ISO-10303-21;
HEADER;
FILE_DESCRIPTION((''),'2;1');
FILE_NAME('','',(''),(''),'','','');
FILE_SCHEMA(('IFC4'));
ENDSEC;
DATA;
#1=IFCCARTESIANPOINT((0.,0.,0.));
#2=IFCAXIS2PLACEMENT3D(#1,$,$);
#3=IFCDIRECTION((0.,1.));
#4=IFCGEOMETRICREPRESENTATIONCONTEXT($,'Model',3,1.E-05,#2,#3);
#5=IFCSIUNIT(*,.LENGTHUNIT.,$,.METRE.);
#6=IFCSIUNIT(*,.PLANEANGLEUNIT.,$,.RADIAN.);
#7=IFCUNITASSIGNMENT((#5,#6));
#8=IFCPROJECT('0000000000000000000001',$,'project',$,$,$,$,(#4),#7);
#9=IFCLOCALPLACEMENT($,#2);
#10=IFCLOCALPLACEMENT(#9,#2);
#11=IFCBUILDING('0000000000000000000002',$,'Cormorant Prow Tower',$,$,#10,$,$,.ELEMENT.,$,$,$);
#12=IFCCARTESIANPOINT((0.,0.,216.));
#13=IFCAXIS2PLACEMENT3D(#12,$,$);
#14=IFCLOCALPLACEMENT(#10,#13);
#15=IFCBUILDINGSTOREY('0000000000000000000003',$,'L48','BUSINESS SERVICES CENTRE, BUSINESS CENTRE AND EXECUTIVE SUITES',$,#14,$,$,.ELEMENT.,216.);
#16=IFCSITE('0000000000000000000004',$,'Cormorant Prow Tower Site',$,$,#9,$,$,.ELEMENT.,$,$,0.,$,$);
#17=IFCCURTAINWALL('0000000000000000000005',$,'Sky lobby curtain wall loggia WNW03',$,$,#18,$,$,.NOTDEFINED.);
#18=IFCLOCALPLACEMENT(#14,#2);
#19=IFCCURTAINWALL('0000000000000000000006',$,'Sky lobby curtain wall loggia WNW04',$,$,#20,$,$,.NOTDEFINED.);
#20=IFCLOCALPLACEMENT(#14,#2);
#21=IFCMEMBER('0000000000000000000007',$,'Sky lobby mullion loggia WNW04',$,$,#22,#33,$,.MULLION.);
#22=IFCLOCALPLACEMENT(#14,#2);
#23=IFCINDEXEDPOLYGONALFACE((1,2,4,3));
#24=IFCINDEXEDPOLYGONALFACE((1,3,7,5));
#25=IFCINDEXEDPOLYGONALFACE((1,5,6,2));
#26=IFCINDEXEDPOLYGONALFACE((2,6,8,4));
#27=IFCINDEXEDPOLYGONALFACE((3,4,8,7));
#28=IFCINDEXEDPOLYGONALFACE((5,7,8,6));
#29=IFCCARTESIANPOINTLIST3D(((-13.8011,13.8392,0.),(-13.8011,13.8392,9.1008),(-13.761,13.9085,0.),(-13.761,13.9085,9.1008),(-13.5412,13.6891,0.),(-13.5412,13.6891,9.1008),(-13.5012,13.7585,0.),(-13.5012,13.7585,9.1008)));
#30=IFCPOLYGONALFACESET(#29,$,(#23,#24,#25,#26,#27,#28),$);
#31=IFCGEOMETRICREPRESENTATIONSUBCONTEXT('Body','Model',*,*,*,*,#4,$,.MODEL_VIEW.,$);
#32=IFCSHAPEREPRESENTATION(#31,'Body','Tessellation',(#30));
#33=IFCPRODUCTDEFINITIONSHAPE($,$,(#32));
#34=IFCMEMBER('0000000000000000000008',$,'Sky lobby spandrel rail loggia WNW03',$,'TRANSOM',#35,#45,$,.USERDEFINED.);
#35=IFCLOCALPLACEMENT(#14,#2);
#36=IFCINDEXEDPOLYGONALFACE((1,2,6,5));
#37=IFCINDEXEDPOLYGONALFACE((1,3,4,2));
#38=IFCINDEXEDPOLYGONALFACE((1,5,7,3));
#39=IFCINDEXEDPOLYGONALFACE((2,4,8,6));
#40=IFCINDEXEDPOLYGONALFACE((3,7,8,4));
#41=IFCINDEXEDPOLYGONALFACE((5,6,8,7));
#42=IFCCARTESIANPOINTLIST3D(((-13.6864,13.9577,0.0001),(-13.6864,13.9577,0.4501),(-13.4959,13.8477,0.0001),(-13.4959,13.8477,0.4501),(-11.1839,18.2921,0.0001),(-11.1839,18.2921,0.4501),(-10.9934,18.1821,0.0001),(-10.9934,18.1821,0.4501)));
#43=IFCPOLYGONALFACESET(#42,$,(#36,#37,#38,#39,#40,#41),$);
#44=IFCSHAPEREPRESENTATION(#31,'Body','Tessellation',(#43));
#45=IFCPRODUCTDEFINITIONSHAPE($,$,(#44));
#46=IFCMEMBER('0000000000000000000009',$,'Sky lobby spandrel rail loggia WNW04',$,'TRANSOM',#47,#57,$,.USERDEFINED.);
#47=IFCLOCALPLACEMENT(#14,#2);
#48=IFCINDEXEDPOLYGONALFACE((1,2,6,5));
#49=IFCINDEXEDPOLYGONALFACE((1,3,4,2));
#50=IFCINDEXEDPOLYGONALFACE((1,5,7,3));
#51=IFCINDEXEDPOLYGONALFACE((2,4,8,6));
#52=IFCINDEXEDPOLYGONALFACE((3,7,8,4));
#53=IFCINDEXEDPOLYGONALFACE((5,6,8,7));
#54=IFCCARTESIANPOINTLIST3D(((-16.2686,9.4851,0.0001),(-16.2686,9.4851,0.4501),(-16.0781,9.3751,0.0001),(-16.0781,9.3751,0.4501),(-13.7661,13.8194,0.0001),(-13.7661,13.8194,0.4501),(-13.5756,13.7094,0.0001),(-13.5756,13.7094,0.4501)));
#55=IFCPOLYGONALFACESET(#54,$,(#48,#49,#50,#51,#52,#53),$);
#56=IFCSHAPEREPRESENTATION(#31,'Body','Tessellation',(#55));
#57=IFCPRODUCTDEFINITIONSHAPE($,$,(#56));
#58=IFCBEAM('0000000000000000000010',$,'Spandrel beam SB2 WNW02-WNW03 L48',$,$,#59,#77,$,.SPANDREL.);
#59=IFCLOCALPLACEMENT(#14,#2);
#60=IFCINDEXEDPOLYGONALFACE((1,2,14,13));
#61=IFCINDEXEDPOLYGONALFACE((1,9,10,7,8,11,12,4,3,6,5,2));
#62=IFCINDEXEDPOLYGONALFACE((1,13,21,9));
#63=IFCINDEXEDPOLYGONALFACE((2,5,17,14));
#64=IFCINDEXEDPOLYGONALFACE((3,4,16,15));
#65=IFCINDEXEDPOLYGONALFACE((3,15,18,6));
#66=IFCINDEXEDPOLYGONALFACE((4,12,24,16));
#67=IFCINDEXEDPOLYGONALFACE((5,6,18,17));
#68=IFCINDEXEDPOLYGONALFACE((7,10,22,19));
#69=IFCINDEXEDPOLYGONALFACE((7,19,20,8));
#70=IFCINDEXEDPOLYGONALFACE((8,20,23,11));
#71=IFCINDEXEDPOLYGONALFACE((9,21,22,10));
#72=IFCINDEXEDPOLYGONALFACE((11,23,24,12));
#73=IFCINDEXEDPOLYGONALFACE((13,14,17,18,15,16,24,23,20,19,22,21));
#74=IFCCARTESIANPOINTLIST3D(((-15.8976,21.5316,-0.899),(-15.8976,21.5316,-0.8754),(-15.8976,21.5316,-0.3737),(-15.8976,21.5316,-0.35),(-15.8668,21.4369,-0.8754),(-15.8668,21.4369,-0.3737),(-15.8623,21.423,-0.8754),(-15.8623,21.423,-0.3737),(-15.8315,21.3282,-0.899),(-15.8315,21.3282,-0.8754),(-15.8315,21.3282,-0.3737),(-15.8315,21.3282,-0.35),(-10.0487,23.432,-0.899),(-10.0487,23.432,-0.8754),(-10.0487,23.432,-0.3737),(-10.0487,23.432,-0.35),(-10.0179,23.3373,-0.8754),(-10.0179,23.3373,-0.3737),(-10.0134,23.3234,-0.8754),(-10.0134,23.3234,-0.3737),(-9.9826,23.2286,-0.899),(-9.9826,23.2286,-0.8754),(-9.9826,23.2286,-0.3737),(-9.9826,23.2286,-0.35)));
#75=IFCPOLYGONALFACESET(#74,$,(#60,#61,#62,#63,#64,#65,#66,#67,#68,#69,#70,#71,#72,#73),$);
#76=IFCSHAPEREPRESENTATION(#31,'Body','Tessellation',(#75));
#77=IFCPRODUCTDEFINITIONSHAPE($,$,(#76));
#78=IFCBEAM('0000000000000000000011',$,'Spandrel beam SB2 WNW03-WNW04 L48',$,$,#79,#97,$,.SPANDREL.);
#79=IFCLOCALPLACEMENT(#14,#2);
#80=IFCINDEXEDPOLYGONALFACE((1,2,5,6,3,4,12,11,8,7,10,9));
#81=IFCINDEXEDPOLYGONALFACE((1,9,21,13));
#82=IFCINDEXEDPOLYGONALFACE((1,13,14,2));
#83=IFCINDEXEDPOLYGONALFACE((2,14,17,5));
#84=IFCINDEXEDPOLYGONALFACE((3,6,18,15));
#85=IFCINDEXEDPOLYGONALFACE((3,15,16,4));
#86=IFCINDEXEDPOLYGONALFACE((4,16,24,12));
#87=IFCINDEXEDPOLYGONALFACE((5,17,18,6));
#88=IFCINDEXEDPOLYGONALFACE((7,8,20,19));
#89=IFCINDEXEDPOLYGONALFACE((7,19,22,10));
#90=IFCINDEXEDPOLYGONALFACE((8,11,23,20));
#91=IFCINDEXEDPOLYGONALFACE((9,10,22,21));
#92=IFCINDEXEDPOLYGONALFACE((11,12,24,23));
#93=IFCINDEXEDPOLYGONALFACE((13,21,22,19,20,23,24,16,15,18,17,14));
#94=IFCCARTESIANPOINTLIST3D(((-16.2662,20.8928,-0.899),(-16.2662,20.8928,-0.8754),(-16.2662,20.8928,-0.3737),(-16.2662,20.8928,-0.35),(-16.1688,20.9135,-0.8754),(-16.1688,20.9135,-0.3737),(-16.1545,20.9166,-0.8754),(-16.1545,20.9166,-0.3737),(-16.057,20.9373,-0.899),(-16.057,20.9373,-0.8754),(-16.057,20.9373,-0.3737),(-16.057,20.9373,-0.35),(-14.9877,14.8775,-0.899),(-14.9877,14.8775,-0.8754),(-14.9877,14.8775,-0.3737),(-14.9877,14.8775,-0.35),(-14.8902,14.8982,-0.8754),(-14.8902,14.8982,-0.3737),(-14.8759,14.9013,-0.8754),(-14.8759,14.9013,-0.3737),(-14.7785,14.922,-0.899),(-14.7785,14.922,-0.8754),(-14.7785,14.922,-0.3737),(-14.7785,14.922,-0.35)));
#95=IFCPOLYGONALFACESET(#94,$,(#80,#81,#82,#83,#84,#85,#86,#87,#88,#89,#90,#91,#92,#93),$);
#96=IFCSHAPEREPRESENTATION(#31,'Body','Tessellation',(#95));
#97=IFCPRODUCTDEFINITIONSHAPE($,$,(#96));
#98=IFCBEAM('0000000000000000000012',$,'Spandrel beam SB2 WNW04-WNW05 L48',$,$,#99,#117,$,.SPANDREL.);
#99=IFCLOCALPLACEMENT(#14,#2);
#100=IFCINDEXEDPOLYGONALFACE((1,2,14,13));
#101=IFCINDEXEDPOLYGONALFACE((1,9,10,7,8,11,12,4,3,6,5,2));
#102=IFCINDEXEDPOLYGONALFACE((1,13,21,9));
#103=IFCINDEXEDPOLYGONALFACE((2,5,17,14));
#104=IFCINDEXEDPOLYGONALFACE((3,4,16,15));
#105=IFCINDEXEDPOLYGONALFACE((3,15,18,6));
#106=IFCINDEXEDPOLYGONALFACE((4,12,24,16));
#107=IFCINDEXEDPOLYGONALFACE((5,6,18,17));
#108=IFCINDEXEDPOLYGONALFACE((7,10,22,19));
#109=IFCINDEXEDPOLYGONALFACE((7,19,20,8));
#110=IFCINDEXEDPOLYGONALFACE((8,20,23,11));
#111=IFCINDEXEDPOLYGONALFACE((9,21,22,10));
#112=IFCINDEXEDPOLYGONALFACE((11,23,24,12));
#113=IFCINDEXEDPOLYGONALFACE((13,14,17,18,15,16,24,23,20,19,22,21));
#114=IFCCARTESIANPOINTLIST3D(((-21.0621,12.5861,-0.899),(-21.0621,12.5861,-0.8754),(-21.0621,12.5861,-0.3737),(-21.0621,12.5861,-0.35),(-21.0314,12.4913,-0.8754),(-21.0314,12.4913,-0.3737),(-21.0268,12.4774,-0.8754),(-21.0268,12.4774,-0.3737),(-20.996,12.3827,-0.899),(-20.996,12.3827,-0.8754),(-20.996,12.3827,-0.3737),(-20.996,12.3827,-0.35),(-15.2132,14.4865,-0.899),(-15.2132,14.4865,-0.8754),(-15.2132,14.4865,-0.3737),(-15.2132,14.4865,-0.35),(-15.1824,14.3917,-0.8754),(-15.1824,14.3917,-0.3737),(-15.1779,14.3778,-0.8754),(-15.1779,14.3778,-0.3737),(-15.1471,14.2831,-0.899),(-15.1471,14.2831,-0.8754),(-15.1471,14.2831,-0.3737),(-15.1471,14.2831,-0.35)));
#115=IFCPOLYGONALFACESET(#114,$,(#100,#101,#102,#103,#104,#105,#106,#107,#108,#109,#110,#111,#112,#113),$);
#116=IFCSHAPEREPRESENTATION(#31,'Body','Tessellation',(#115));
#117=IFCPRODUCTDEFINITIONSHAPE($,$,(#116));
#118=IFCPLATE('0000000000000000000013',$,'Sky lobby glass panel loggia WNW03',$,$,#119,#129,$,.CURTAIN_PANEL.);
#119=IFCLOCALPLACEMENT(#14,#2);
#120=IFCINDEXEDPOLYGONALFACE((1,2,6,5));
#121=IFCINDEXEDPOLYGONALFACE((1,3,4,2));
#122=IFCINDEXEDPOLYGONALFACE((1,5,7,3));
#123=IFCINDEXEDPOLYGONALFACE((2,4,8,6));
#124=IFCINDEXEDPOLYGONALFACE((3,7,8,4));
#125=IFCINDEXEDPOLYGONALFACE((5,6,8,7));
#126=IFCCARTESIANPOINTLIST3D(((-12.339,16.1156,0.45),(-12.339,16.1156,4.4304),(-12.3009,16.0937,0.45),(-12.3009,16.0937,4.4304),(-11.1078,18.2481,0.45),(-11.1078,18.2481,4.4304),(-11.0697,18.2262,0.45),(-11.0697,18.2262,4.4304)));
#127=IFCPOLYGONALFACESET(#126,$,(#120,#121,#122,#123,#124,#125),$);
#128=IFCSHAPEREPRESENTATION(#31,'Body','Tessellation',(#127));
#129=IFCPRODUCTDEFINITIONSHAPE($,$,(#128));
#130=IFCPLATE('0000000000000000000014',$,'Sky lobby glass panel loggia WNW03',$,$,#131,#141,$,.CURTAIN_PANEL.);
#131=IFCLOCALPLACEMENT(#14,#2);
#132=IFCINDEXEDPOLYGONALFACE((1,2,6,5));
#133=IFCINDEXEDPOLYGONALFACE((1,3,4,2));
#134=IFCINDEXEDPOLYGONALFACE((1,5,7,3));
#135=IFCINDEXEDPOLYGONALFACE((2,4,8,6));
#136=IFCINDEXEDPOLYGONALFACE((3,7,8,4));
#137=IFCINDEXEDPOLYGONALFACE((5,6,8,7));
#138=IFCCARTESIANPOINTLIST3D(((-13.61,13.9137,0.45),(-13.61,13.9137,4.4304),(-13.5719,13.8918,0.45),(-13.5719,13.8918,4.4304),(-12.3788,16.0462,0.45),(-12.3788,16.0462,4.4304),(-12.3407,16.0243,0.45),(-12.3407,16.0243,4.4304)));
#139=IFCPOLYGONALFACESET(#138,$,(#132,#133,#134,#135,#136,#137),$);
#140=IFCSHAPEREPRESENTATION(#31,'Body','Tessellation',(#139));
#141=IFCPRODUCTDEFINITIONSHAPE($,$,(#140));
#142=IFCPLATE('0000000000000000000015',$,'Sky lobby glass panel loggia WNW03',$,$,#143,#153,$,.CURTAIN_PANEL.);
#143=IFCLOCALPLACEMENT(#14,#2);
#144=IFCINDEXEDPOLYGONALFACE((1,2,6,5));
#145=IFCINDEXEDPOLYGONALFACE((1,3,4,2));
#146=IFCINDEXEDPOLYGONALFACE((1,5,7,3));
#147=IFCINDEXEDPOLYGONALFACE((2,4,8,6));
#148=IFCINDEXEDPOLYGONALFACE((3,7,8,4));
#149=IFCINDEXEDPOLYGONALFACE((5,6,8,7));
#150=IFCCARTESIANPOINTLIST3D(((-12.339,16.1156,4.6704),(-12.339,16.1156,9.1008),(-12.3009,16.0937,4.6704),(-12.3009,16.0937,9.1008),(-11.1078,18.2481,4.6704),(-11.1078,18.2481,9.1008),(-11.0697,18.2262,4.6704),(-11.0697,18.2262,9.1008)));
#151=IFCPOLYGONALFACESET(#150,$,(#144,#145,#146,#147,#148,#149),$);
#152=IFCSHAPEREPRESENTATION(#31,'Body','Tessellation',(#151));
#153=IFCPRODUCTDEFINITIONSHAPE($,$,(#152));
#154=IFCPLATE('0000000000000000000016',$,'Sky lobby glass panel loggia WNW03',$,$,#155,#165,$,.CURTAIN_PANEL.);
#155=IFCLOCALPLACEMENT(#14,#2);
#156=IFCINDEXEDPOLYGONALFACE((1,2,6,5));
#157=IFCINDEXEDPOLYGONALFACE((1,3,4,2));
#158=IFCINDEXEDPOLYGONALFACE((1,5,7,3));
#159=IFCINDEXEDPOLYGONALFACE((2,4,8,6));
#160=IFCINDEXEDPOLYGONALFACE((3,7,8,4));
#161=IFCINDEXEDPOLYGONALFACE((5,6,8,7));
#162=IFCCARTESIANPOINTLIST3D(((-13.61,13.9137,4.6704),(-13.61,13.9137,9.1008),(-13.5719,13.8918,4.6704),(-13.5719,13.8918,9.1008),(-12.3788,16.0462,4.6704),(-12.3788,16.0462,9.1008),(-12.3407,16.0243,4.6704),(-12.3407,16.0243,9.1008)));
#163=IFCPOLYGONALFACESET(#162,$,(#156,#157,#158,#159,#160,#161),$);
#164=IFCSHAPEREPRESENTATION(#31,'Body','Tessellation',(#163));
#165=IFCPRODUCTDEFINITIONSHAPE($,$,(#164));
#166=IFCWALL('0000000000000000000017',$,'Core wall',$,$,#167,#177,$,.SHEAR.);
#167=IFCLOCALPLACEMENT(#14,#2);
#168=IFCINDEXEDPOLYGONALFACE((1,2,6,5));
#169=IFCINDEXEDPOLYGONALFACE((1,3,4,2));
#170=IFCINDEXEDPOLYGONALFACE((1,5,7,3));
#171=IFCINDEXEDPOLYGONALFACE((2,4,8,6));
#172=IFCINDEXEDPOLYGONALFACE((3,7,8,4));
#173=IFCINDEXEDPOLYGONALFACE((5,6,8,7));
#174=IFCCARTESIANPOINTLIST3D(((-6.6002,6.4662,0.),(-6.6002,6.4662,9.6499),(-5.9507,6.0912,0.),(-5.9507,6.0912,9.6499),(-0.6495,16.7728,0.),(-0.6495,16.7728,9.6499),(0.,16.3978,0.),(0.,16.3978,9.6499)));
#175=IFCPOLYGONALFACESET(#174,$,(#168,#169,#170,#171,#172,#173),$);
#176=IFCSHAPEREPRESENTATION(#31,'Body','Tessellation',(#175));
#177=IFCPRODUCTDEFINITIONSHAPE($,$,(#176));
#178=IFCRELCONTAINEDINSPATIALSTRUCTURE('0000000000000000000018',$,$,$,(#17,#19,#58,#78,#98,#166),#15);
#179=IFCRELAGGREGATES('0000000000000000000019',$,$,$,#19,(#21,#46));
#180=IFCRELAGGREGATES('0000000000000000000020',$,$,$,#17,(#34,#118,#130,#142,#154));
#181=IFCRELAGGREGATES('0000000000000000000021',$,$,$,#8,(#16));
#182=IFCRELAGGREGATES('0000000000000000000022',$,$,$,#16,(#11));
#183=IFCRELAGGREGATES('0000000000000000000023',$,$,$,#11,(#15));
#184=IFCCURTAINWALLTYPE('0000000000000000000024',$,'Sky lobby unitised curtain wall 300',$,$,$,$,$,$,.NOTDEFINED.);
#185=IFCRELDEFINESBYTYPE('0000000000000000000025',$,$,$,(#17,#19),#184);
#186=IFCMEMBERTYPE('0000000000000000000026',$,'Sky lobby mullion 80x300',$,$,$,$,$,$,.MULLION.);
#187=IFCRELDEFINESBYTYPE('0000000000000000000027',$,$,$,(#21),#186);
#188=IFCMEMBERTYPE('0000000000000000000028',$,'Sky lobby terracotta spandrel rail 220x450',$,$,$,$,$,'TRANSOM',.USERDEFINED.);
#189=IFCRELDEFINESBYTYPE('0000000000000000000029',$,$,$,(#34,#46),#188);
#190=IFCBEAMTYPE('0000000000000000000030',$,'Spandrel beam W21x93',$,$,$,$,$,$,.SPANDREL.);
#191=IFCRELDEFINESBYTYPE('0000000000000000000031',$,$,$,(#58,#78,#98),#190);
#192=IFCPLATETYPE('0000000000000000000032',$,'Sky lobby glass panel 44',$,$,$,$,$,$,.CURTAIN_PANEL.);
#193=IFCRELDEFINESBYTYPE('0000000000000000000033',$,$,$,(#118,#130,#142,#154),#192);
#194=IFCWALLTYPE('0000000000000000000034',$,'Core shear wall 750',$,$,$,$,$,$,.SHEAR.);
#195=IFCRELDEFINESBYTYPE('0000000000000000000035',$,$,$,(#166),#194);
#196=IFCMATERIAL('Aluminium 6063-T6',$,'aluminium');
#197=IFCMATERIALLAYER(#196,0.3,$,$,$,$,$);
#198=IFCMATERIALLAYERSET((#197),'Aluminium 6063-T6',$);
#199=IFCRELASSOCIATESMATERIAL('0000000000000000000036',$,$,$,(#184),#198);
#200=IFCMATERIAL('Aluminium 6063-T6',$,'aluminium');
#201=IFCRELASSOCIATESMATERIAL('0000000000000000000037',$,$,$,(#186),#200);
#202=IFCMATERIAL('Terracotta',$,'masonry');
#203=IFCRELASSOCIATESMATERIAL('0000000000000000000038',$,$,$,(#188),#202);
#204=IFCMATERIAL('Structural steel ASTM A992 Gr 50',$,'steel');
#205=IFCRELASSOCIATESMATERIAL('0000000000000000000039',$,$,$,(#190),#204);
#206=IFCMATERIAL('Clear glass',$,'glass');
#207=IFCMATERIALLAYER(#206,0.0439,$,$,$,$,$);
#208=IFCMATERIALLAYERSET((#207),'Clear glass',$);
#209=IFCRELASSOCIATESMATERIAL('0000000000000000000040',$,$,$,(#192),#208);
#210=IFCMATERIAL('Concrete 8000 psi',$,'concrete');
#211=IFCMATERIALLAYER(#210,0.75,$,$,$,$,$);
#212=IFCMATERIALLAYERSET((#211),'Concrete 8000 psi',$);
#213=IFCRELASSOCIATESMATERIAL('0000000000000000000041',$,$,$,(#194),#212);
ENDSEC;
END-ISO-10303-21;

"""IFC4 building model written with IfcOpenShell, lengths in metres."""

from ifc_helpers import new_model, si_unit, direction, frame, frame_2d, origin, origin_2d, place, context, subcontext, project, spatial, rectangle, i_section, extrude, material, layer, layer_set, material_profile, profile_set, type_object, element, aggregate, save


model = new_model("IFC4")

# Units and contexts
model_context = context("Model", 3, precision=1e-05, world=origin(), true_north=direction((0.0, 1.0)))
body_context = subcontext(model_context, "Body", "Model", "MODEL_VIEW")
ifc_project = project(units=[si_unit("LENGTHUNIT", "METRE"), si_unit("PLANEANGLEUNIT", "RADIAN")], contexts=[model_context])

# Site, building, storey
site_placement = place(None, origin())
site = spatial("IfcSite", under=ifc_project, at=site_placement, Name="Cormorant Prow Tower Site", CompositionType="ELEMENT", RefElevation=0.0)
building_placement = place(site_placement, origin())
building = spatial("IfcBuilding", under=site, at=building_placement, Name="Cormorant Prow Tower", CompositionType="ELEMENT")
storey_placement = place(building_placement, frame((0.0, 0.0, 216.0)))
storey = spatial("IfcBuildingStorey", under=building, at=storey_placement, Name="L48", Description="BUSINESS SERVICES CENTRE, BUSINESS CENTRE AND EXECUTIVE SUITES", CompositionType="ELEMENT", Elevation=216.0)

# Curtain wall
ifc_material_1 = material(Name="Aluminium 6063-T6", Category="aluminium")
ifc_layer_1 = layer(ifc_material_1, 0.3)
ifc_layer_set_1 = layer_set([ifc_layer_1], Name="Aluminium 6063-T6")
curtain_wall_type = type_object("IfcCurtainWallType", Name="Sky lobby unitised curtain wall 300", PredefinedType="NOTDEFINED", material=ifc_layer_set_1)
curtain_wall_1_placement = place(storey_placement, origin())
curtain_wall_1 = element("IfcCurtainWall", 1, at=curtain_wall_1_placement, inside=storey, type_object=curtain_wall_type, Name="Sky lobby curtain wall loggia WNW03", PredefinedType="NOTDEFINED")

# Curtain wall
curtain_wall_2_placement = place(storey_placement, origin())
curtain_wall_2 = element("IfcCurtainWall", 2, at=curtain_wall_2_placement, inside=storey, type_object=curtain_wall_type, Name="Sky lobby curtain wall loggia WNW04", PredefinedType="NOTDEFINED")
ifc_material_2 = material(Name="Aluminium 6063-T6", Category="aluminium")
ifc_material_profile_1 = material_profile(ifc_material_2, rectangle(XDim=0.3, YDim=0.0801, at=origin_2d()), Name="Sky lobby mullion 80x300")
ifc_profile_set_1 = profile_set([ifc_material_profile_1], Name="Aluminium 6063-T6")
member_type_1 = type_object("IfcMemberType", Name="Sky lobby mullion 80x300", PredefinedType="MULLION", material=ifc_profile_set_1)

# Members
member_1_placement = place(storey_placement, frame((-13.6511, 13.7988, 0.0), z_axis=(0.0, 0.0, 1.0), x_axis=(0.866025, -0.5, 0.0)))
member_1 = element("IfcMember", 3, at=member_1_placement, type_object=member_type_1, Name="Sky lobby mullion loggia WNW04", PredefinedType="MULLION", context=body_context, shape_type="SweptSolid", body=[
    extrude(rectangle(XDim=0.3, YDim=0.0801, at=origin_2d()), origin(), (0.0, 0.0, 1.0), 9.1008),
])
ifc_material_3 = material(Name="Terracotta", Category="masonry")
ifc_material_profile_2 = material_profile(ifc_material_3, rectangle(XDim=0.22, YDim=0.45, at=origin_2d()), Name="Sky lobby terracotta spandrel rail 220x450")
ifc_profile_set_2 = profile_set([ifc_material_profile_2], Name="Terracotta")
member_type_2 = type_object("IfcMemberType", Name="Sky lobby terracotta spandrel rail 220x450", ElementType="TRANSOM", PredefinedType="USERDEFINED", material=ifc_profile_set_2)
member_2_placement = place(storey_placement, frame((-11.0886, 18.2371, 0.2251), z_axis=(-0.500011, -0.866019, 0.0), x_axis=(0.866019, -0.500011, 0.0)))
member_2 = element("IfcMember", 4, at=member_2_placement, type_object=member_type_2, Name="Sky lobby spandrel rail loggia WNW03", ObjectType="TRANSOM", PredefinedType="USERDEFINED", context=body_context, shape_type="SweptSolid", body=[
    extrude(rectangle(XDim=0.22, YDim=0.45, at=origin_2d()), origin(), (0.0, 0.0, 1.0), 5.0049),
])
member_3_placement = place(storey_placement, frame((-13.6709, 13.7644, 0.2251), z_axis=(-0.500011, -0.866019, 0.0), x_axis=(0.866019, -0.500011, 0.0)))
member_3 = element("IfcMember", 5, at=member_3_placement, type_object=member_type_2, Name="Sky lobby spandrel rail loggia WNW04", ObjectType="TRANSOM", PredefinedType="USERDEFINED", context=body_context, shape_type="SweptSolid", body=[
    extrude(rectangle(XDim=0.22, YDim=0.45, at=origin_2d()), origin(), (0.0, 0.0, 1.0), 5.0049),
])
aggregate(curtain_wall_2, [member_1, member_3])

# Beams
ifc_material_4 = material(Name="Structural steel ASTM A992 Gr 50", Category="steel")
ifc_material_profile_3 = material_profile(ifc_material_4, i_section(OverallWidth=0.2139, OverallDepth=0.5491, WebThickness=0.0146, FlangeThickness=0.0237, at=origin_2d()), Name="W21x93")
ifc_profile_set_3 = profile_set([ifc_material_profile_3], Name="Structural steel ASTM A992 Gr 50")
beam_type_1 = type_object("IfcBeamType", Name="Spandrel beam W21x93", PredefinedType="SPANDREL", material=ifc_profile_set_3)
beam_1_placement = place(storey_placement, frame((-10.0156, 23.3303, -0.6245), z_axis=(-0.951058, -0.309013, 0.0), x_axis=(0.309013, -0.951058, 0.0)))
element("IfcBeam", 6, at=beam_1_placement, inside=storey, type_object=beam_type_1, Name="Spandrel beam SB2 WNW02-WNW03 L48", PredefinedType="SPANDREL", context=body_context, shape_type="SweptSolid", body=[
    extrude(i_section(OverallWidth=0.2139, OverallDepth=0.5491, WebThickness=0.0146, FlangeThickness=0.0237, at=origin_2d()), origin(), (0.0, 0.0, 1.0), 6.1499),
])
beam_2_placement = place(storey_placement, frame((-16.1616, 20.915, -0.6245), z_axis=(0.207905, -0.978149, 0.0), x_axis=(0.978149, 0.207905, 0.0)))
element("IfcBeam", 7, at=beam_2_placement, inside=storey, type_object=beam_type_1, Name="Spandrel beam SB2 WNW03-WNW04 L48", PredefinedType="SPANDREL", context=body_context, shape_type="SweptSolid", body=[
    extrude(i_section(OverallWidth=0.2139, OverallDepth=0.5491, WebThickness=0.0146, FlangeThickness=0.0237, at=origin_2d()), origin(), (0.0, 0.0, 1.0), 6.1497),
])
beam_3_placement = place(storey_placement, frame((-15.1802, 14.3848, -0.6245), z_axis=(-0.951058, -0.309013, 0.0), x_axis=(0.309013, -0.951058, 0.0)))
element("IfcBeam", 8, at=beam_3_placement, inside=storey, type_object=beam_type_1, Name="Spandrel beam SB2 WNW04-WNW05 L48", PredefinedType="SPANDREL", context=body_context, shape_type="SweptSolid", body=[
    extrude(i_section(OverallWidth=0.2139, OverallDepth=0.5491, WebThickness=0.0146, FlangeThickness=0.0237, at=origin_2d()), origin(), (0.0, 0.0, 1.0), 6.1499),
])

# Plates
ifc_material_5 = material(Name="Clear glass", Category="glass")
ifc_layer_2 = layer(ifc_material_5, 0.0439)
ifc_layer_set_2 = layer_set([ifc_layer_2], Name="Clear glass")
plate_type = type_object("IfcPlateType", Name="Sky lobby glass panel 44", PredefinedType="CURTAIN_PANEL", material=ifc_layer_set_2)
plate_1_placement = place(storey_placement, frame((-11.7043, 17.1709, 0.45), z_axis=(0.0, 0.0, 1.0), x_axis=(-0.5, -0.866025, 0.0)))
plate_1 = element("IfcPlate", 9, at=plate_1_placement, type_object=plate_type, Name="Sky lobby glass panel loggia WNW03", PredefinedType="CURTAIN_PANEL", context=body_context, shape_type="SweptSolid", body=[
    extrude(rectangle(XDim=2.4624, YDim=0.0439, at=origin_2d()), origin(), (0.0, 0.0, 1.0), 3.9805),
])
plate_2_placement = place(storey_placement, frame((-12.9753, 14.969, 0.45), z_axis=(0.0, 0.0, 1.0), x_axis=(-0.5, -0.866025, 0.0)))
plate_2 = element("IfcPlate", 10, at=plate_2_placement, type_object=plate_type, Name="Sky lobby glass panel loggia WNW03", PredefinedType="CURTAIN_PANEL", context=body_context, shape_type="SweptSolid", body=[
    extrude(rectangle(XDim=2.4624, YDim=0.0439, at=origin_2d()), origin(), (0.0, 0.0, 1.0), 3.9805),
])
plate_3_placement = place(storey_placement, frame((-11.7043, 17.1709, 4.6704), z_axis=(0.0, 0.0, 1.0), x_axis=(-0.5, -0.866025, 0.0)))
plate_3 = element("IfcPlate", 11, at=plate_3_placement, type_object=plate_type, Name="Sky lobby glass panel loggia WNW03", PredefinedType="CURTAIN_PANEL", context=body_context, shape_type="SweptSolid", body=[
    extrude(rectangle(XDim=2.4624, YDim=0.0439, at=origin_2d()), origin(), (0.0, 0.0, 1.0), 4.4304),
])
plate_4_placement = place(storey_placement, frame((-12.9753, 14.969, 4.6704), z_axis=(0.0, 0.0, 1.0), x_axis=(-0.5, -0.866025, 0.0)))
plate_4 = element("IfcPlate", 12, at=plate_4_placement, type_object=plate_type, Name="Sky lobby glass panel loggia WNW03", PredefinedType="CURTAIN_PANEL", context=body_context, shape_type="SweptSolid", body=[
    extrude(rectangle(XDim=2.4624, YDim=0.0439, at=origin_2d()), origin(), (0.0, 0.0, 1.0), 4.4304),
])
aggregate(curtain_wall_1, [member_2, plate_1, plate_2, plate_3, plate_4])

# Wall
ifc_material_6 = material(Name="Concrete 8000 psi", Category="concrete")
ifc_layer_3 = layer(ifc_material_6, 0.75)
ifc_layer_set_3 = layer_set([ifc_layer_3], Name="Concrete 8000 psi")
wall_type_1 = type_object("IfcWallType", Name="Core shear wall 750", PredefinedType="SHEAR", material=ifc_layer_set_3)
wall_1_placement = place(storey_placement, frame((-0.3247, 16.5854, 0.0), z_axis=(0.0, 0.0, 1.0), x_axis=(-0.500009, -0.86602, 0.0)))
element("IfcWall", 13, at=wall_1_placement, inside=storey, type_object=wall_type_1, Name="Core wall", PredefinedType="SHEAR", context=body_context, shape_type="SweptSolid", body=[
    extrude(rectangle(XDim=11.9011, YDim=0.75, at=frame_2d((5.9507, 0.0))), origin(), (0.0, 0.0, 1.0), 9.6499),
])

save(model, "model.ifc")
